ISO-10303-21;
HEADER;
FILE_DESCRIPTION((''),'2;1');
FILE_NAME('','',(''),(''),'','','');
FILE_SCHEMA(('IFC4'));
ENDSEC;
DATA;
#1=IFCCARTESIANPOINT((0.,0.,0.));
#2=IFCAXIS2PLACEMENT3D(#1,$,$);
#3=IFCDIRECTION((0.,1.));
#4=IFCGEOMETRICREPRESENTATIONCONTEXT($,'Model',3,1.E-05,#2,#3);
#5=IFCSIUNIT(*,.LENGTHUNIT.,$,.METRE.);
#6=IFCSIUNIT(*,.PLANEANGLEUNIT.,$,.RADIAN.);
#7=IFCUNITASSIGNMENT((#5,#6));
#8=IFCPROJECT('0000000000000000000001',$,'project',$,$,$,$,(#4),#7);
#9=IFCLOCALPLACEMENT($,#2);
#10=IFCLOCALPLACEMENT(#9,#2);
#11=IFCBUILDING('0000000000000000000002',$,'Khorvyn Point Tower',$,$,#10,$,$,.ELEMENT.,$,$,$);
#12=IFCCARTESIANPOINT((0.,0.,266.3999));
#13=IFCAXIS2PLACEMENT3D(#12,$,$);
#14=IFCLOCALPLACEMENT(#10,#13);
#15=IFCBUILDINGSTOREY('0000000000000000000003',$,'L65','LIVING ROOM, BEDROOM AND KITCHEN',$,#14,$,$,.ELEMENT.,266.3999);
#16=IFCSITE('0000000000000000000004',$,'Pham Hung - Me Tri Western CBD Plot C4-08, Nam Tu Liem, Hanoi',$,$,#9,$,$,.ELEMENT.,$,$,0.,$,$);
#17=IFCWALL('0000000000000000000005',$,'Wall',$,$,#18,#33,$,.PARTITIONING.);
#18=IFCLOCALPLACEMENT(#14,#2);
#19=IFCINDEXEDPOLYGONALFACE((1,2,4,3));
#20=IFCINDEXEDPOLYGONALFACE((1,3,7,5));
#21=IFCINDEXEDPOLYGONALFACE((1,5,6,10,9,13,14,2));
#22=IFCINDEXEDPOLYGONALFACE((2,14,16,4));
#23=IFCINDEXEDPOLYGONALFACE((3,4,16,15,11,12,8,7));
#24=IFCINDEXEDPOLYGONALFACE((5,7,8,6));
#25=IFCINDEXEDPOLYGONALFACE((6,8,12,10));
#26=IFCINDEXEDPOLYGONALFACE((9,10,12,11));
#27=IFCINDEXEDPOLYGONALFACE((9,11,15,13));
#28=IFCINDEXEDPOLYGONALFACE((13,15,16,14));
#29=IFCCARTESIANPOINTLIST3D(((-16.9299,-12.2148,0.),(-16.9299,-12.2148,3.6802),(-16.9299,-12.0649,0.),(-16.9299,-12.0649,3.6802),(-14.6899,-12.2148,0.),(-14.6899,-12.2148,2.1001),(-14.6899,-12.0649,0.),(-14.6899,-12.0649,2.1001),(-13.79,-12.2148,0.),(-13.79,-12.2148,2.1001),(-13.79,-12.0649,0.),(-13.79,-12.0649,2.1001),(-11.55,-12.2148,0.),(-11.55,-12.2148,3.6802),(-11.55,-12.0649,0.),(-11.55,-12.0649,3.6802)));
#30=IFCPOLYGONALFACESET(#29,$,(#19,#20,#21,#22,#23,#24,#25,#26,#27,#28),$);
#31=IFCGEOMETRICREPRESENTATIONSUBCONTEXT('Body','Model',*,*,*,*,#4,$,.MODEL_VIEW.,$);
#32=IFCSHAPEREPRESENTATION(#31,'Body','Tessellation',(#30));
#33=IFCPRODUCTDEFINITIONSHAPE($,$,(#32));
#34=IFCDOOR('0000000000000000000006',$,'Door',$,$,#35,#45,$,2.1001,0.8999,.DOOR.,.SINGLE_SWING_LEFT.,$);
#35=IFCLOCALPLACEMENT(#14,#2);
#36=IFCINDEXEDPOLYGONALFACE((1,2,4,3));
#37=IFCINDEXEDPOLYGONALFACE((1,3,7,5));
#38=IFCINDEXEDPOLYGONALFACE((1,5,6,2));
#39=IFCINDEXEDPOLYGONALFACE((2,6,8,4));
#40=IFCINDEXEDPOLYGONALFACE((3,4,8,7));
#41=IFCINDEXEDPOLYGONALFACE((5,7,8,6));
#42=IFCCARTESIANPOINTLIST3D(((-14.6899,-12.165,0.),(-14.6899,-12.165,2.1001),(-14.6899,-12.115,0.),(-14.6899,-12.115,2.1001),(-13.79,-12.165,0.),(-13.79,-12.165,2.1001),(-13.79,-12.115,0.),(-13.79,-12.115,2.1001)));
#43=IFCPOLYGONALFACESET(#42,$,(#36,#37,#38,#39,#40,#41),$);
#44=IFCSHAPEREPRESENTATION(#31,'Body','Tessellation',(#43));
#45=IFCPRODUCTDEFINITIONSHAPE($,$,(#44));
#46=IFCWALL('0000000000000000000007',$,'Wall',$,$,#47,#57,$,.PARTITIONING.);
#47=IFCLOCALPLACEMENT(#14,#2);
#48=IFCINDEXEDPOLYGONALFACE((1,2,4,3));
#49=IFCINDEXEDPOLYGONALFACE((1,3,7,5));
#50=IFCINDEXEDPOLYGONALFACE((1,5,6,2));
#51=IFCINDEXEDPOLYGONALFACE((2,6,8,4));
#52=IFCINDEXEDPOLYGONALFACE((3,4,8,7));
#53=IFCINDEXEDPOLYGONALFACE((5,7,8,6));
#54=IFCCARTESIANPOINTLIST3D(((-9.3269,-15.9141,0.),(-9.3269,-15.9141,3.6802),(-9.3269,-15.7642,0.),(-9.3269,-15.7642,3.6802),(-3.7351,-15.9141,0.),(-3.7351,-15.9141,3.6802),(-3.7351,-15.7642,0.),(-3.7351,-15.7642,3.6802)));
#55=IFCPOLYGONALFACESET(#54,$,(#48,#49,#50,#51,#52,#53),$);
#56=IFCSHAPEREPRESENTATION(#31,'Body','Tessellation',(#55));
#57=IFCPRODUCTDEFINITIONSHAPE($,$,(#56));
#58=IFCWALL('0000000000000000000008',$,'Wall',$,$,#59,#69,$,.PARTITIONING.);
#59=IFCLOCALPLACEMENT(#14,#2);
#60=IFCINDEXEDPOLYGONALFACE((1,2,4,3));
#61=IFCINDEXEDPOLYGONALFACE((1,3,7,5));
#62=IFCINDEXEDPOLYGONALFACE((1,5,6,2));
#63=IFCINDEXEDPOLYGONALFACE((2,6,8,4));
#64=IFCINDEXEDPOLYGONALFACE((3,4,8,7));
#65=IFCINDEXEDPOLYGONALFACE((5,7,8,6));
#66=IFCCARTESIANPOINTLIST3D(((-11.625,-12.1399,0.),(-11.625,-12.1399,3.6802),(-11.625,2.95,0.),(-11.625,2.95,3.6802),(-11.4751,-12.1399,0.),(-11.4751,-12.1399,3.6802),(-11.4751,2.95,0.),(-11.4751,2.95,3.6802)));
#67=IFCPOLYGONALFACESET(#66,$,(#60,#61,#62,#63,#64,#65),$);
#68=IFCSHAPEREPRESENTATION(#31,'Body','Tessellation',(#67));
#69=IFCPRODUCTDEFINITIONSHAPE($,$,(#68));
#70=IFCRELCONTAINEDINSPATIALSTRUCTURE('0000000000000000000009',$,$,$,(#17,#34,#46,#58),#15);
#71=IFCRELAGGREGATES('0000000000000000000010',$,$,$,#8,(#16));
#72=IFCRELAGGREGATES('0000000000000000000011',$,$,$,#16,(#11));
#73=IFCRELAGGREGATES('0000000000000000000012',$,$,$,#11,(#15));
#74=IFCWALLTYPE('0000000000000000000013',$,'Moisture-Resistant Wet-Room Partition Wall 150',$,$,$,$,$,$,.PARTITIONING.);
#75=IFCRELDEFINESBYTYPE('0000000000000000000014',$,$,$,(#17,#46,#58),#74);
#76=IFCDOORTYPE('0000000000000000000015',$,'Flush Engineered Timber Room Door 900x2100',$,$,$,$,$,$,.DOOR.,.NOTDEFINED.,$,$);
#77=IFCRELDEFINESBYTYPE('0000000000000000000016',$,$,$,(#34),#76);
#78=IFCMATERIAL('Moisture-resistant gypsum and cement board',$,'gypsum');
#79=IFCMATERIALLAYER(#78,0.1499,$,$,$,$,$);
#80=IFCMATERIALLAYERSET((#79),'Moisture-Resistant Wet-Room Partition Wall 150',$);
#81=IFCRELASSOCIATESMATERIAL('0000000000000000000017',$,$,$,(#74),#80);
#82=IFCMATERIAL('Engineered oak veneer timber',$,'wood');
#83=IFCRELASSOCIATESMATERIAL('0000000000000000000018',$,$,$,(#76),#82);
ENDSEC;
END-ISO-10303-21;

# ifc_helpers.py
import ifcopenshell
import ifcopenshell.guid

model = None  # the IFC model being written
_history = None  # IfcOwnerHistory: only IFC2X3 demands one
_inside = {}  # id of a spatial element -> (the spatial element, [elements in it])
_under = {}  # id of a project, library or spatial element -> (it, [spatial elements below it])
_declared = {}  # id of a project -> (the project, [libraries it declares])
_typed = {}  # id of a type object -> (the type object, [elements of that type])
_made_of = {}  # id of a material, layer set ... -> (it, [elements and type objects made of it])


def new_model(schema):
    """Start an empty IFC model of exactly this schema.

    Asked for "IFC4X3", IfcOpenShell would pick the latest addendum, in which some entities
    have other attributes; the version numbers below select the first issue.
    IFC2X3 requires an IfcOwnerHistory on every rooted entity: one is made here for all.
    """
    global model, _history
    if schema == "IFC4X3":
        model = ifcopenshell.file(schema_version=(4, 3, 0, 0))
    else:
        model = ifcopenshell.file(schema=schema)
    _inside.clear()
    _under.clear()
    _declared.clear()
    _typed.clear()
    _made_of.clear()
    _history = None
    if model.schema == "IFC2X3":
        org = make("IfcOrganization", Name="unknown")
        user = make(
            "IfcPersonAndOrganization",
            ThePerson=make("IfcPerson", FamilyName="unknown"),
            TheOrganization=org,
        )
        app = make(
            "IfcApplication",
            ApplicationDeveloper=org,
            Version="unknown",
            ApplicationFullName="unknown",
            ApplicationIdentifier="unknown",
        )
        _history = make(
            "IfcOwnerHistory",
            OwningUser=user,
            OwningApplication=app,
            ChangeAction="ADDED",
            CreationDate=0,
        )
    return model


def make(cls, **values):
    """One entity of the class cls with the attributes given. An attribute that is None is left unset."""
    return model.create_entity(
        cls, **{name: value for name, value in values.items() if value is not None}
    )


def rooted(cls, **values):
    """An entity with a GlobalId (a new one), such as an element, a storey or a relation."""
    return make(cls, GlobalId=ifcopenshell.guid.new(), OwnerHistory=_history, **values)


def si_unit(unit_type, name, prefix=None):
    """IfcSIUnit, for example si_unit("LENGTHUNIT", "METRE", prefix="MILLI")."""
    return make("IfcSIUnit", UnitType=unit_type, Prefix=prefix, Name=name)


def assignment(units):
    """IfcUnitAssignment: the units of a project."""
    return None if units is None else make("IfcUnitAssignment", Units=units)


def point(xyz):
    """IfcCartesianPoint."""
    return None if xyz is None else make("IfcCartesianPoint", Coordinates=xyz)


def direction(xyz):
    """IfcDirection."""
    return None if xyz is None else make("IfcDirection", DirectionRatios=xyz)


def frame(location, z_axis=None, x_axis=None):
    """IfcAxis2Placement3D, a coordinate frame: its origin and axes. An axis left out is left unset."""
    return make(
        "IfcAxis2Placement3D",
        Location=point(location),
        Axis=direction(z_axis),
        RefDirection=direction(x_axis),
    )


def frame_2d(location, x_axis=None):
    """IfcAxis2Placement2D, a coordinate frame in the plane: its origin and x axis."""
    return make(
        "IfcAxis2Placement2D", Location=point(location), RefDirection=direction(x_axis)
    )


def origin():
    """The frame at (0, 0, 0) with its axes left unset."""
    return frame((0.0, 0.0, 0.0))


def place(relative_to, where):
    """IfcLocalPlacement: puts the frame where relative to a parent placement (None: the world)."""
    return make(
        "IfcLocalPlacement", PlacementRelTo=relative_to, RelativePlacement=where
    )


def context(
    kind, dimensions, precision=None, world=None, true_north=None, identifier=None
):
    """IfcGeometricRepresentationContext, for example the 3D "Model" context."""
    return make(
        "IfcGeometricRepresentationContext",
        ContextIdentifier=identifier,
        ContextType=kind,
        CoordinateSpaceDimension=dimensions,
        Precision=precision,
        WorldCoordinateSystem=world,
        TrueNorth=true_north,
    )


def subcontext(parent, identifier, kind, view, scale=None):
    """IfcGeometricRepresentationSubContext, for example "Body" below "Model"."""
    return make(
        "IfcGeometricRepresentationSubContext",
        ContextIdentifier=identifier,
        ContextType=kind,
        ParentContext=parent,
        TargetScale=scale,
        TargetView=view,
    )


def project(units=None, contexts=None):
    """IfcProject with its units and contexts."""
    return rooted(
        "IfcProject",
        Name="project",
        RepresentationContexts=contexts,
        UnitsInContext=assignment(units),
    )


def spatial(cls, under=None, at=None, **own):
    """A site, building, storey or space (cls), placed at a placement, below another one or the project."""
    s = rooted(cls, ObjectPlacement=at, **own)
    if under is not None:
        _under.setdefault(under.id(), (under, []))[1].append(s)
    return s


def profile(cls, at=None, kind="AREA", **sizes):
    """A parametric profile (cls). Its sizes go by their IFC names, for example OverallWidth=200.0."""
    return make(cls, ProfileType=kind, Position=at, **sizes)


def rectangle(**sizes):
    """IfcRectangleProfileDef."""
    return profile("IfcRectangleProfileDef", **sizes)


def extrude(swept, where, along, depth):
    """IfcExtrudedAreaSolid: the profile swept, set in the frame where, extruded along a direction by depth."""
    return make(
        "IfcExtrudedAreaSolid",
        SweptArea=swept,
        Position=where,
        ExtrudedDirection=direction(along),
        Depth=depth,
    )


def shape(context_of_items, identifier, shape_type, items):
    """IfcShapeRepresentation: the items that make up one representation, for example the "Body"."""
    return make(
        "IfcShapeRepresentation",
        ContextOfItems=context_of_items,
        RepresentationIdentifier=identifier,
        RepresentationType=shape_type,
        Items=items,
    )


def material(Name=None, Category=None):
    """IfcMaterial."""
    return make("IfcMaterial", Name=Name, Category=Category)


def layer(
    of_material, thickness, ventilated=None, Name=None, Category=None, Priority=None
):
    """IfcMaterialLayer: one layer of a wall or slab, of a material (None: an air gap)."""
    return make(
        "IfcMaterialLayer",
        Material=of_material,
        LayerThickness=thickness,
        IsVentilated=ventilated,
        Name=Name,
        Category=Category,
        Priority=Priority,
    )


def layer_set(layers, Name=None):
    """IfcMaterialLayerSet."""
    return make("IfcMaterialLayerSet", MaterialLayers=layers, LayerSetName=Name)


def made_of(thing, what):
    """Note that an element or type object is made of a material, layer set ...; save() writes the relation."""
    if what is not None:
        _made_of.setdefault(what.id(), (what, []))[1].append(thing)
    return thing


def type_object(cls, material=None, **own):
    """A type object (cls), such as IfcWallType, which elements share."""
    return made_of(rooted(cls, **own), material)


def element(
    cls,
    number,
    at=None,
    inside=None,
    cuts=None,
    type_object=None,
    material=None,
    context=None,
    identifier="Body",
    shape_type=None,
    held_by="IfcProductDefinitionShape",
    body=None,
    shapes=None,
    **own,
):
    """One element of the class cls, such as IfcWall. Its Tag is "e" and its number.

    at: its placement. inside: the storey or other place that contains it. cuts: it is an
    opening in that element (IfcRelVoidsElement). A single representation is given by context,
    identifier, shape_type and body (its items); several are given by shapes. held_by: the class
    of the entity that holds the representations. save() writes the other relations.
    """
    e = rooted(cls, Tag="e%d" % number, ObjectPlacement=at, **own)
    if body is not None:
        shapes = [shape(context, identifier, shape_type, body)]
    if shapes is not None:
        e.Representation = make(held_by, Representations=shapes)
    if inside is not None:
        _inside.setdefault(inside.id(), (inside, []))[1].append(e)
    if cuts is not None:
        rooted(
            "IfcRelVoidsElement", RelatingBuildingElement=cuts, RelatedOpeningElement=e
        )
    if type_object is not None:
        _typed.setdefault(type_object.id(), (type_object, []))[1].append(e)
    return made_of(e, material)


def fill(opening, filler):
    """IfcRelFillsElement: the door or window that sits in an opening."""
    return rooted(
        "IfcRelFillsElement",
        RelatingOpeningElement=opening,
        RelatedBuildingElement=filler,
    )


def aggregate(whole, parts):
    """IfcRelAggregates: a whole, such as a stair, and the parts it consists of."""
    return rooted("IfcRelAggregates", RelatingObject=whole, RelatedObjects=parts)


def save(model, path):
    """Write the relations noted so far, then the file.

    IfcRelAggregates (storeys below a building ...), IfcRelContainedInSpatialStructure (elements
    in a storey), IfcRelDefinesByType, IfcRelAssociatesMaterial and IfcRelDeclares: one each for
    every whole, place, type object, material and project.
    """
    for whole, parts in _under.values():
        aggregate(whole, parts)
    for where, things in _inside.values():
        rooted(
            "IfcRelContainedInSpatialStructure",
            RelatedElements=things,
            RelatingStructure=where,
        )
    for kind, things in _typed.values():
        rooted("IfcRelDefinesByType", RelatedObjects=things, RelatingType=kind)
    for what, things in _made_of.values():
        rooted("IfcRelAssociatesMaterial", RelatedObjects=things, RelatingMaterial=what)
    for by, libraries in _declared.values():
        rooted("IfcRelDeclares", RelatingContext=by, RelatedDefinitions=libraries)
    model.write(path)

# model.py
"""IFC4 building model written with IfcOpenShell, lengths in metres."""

from ifc_helpers import new_model, si_unit, direction, frame, frame_2d, origin, place, context, subcontext, project, spatial, rectangle, extrude, material, layer, layer_set, type_object, element, fill, save


model = new_model("IFC4")

# Units and contexts
model_context = context("Model", 3, precision=1e-05, world=origin(), true_north=direction((0.0, 1.0)))
body_context = subcontext(model_context, "Body", "Model", "MODEL_VIEW")
ifc_project = project(units=[si_unit("LENGTHUNIT", "METRE"), si_unit("PLANEANGLEUNIT", "RADIAN")], contexts=[model_context])

# Site, building, storey
site_placement = place(None, origin())
site = spatial("IfcSite", under=ifc_project, at=site_placement, Name="Pham Hung - Me Tri Western CBD Plot C4-08, Nam Tu Liem, Hanoi", CompositionType="ELEMENT", RefElevation=0.0)
building_placement = place(site_placement, origin())
building = spatial("IfcBuilding", under=site, at=building_placement, Name="Khorvyn Point Tower", CompositionType="ELEMENT")
storey_placement = place(building_placement, frame((0.0, 0.0, 266.3999)))
storey = spatial("IfcBuildingStorey", under=building, at=storey_placement, Name="L65", Description="LIVING ROOM, BEDROOM AND KITCHEN", CompositionType="ELEMENT", Elevation=266.3999)

# Wall, opening, door
ifc_material_1 = material(Name="Moisture-resistant gypsum and cement board", Category="gypsum")
ifc_layer_1 = layer(ifc_material_1, 0.1499)
ifc_layer_set_1 = layer_set([ifc_layer_1], Name="Moisture-Resistant Wet-Room Partition Wall 150")
wall_type_1 = type_object("IfcWallType", Name="Moisture-Resistant Wet-Room Partition Wall 150", PredefinedType="PARTITIONING", material=ifc_layer_set_1)
wall_1_placement = place(storey_placement, frame((-16.9299, -12.1399, 0.0), z_axis=(0.0, 0.0, 1.0), x_axis=(1.0, 0.0, 0.0)))
wall_1 = element("IfcWall", 1, at=wall_1_placement, inside=storey, type_object=wall_type_1, Name="Wall", PredefinedType="PARTITIONING", context=body_context, shape_type="SweptSolid", body=[
    extrude(rectangle(XDim=5.3799, YDim=0.1499, at=frame_2d((2.6899, 0.0))), origin(), (0.0, 0.0, 1.0), 3.6802),
])
opening_1_placement = place(wall_1_placement, frame((2.24, 0.0, 0.0)))
opening_1 = element("IfcOpeningElement", 2, at=opening_1_placement, cuts=wall_1, PredefinedType="OPENING", context=body_context, shape_type="SweptSolid", body=[
    extrude(rectangle(XDim=0.8999, YDim=2.1001, at=frame_2d((0.45, 1.05))), frame((0.0, 0.085, 0.0), z_axis=(0.0, -1.0, 0.0), x_axis=(1.0, 0.0, 0.0)), (0.0, 0.0, 1.0), 0.1699),
])
ifc_material_2 = material(Name="Engineered oak veneer timber", Category="wood")
door_type_1 = type_object("IfcDoorType", Name="Flush Engineered Timber Room Door 900x2100", OperationType="NOTDEFINED", PredefinedType="DOOR", material=ifc_material_2)
door_1_placement = place(opening_1_placement, origin())
door_1 = element("IfcDoor", 3, at=door_1_placement, inside=storey, type_object=door_type_1, Name="Door", OperationType="SINGLE_SWING_LEFT", OverallHeight=2.1001, OverallWidth=0.8999, PredefinedType="DOOR", context=body_context, shape_type="SweptSolid", body=[
    extrude(rectangle(XDim=0.8999, YDim=2.1001, at=frame_2d((0.45, 1.05))), frame((0.0, 0.0249, 0.0), z_axis=(0.0, -1.0, 0.0), x_axis=(1.0, 0.0, 0.0)), (0.0, 0.0, 1.0), 0.05),
])
fill(opening_1, door_1)

# Walls
wall_2_placement = place(storey_placement, frame((-9.3269, -15.8391, 0.0), z_axis=(0.0, 0.0, 1.0), x_axis=(1.0, 0.0, 0.0)))
element("IfcWall", 4, at=wall_2_placement, inside=storey, type_object=wall_type_1, Name="Wall", PredefinedType="PARTITIONING", context=body_context, shape_type="SweptSolid", body=[
    extrude(rectangle(XDim=5.5918, YDim=0.1499, at=frame_2d((2.7959, 0.0))), origin(), (0.0, 0.0, 1.0), 3.6802),
])
wall_3_placement = place(storey_placement, frame((-11.55, -12.1399, 0.0), z_axis=(0.0, 0.0, 1.0), x_axis=(0.0, 1.0, 0.0)))
element("IfcWall", 5, at=wall_3_placement, inside=storey, type_object=wall_type_1, Name="Wall", PredefinedType="PARTITIONING", context=body_context, shape_type="SweptSolid", body=[
    extrude(rectangle(XDim=15.0898, YDim=0.1499, at=frame_2d((7.5449, 0.0))), origin(), (0.0, 0.0, 1.0), 3.6802),
])

save(model, "model.ifc")
